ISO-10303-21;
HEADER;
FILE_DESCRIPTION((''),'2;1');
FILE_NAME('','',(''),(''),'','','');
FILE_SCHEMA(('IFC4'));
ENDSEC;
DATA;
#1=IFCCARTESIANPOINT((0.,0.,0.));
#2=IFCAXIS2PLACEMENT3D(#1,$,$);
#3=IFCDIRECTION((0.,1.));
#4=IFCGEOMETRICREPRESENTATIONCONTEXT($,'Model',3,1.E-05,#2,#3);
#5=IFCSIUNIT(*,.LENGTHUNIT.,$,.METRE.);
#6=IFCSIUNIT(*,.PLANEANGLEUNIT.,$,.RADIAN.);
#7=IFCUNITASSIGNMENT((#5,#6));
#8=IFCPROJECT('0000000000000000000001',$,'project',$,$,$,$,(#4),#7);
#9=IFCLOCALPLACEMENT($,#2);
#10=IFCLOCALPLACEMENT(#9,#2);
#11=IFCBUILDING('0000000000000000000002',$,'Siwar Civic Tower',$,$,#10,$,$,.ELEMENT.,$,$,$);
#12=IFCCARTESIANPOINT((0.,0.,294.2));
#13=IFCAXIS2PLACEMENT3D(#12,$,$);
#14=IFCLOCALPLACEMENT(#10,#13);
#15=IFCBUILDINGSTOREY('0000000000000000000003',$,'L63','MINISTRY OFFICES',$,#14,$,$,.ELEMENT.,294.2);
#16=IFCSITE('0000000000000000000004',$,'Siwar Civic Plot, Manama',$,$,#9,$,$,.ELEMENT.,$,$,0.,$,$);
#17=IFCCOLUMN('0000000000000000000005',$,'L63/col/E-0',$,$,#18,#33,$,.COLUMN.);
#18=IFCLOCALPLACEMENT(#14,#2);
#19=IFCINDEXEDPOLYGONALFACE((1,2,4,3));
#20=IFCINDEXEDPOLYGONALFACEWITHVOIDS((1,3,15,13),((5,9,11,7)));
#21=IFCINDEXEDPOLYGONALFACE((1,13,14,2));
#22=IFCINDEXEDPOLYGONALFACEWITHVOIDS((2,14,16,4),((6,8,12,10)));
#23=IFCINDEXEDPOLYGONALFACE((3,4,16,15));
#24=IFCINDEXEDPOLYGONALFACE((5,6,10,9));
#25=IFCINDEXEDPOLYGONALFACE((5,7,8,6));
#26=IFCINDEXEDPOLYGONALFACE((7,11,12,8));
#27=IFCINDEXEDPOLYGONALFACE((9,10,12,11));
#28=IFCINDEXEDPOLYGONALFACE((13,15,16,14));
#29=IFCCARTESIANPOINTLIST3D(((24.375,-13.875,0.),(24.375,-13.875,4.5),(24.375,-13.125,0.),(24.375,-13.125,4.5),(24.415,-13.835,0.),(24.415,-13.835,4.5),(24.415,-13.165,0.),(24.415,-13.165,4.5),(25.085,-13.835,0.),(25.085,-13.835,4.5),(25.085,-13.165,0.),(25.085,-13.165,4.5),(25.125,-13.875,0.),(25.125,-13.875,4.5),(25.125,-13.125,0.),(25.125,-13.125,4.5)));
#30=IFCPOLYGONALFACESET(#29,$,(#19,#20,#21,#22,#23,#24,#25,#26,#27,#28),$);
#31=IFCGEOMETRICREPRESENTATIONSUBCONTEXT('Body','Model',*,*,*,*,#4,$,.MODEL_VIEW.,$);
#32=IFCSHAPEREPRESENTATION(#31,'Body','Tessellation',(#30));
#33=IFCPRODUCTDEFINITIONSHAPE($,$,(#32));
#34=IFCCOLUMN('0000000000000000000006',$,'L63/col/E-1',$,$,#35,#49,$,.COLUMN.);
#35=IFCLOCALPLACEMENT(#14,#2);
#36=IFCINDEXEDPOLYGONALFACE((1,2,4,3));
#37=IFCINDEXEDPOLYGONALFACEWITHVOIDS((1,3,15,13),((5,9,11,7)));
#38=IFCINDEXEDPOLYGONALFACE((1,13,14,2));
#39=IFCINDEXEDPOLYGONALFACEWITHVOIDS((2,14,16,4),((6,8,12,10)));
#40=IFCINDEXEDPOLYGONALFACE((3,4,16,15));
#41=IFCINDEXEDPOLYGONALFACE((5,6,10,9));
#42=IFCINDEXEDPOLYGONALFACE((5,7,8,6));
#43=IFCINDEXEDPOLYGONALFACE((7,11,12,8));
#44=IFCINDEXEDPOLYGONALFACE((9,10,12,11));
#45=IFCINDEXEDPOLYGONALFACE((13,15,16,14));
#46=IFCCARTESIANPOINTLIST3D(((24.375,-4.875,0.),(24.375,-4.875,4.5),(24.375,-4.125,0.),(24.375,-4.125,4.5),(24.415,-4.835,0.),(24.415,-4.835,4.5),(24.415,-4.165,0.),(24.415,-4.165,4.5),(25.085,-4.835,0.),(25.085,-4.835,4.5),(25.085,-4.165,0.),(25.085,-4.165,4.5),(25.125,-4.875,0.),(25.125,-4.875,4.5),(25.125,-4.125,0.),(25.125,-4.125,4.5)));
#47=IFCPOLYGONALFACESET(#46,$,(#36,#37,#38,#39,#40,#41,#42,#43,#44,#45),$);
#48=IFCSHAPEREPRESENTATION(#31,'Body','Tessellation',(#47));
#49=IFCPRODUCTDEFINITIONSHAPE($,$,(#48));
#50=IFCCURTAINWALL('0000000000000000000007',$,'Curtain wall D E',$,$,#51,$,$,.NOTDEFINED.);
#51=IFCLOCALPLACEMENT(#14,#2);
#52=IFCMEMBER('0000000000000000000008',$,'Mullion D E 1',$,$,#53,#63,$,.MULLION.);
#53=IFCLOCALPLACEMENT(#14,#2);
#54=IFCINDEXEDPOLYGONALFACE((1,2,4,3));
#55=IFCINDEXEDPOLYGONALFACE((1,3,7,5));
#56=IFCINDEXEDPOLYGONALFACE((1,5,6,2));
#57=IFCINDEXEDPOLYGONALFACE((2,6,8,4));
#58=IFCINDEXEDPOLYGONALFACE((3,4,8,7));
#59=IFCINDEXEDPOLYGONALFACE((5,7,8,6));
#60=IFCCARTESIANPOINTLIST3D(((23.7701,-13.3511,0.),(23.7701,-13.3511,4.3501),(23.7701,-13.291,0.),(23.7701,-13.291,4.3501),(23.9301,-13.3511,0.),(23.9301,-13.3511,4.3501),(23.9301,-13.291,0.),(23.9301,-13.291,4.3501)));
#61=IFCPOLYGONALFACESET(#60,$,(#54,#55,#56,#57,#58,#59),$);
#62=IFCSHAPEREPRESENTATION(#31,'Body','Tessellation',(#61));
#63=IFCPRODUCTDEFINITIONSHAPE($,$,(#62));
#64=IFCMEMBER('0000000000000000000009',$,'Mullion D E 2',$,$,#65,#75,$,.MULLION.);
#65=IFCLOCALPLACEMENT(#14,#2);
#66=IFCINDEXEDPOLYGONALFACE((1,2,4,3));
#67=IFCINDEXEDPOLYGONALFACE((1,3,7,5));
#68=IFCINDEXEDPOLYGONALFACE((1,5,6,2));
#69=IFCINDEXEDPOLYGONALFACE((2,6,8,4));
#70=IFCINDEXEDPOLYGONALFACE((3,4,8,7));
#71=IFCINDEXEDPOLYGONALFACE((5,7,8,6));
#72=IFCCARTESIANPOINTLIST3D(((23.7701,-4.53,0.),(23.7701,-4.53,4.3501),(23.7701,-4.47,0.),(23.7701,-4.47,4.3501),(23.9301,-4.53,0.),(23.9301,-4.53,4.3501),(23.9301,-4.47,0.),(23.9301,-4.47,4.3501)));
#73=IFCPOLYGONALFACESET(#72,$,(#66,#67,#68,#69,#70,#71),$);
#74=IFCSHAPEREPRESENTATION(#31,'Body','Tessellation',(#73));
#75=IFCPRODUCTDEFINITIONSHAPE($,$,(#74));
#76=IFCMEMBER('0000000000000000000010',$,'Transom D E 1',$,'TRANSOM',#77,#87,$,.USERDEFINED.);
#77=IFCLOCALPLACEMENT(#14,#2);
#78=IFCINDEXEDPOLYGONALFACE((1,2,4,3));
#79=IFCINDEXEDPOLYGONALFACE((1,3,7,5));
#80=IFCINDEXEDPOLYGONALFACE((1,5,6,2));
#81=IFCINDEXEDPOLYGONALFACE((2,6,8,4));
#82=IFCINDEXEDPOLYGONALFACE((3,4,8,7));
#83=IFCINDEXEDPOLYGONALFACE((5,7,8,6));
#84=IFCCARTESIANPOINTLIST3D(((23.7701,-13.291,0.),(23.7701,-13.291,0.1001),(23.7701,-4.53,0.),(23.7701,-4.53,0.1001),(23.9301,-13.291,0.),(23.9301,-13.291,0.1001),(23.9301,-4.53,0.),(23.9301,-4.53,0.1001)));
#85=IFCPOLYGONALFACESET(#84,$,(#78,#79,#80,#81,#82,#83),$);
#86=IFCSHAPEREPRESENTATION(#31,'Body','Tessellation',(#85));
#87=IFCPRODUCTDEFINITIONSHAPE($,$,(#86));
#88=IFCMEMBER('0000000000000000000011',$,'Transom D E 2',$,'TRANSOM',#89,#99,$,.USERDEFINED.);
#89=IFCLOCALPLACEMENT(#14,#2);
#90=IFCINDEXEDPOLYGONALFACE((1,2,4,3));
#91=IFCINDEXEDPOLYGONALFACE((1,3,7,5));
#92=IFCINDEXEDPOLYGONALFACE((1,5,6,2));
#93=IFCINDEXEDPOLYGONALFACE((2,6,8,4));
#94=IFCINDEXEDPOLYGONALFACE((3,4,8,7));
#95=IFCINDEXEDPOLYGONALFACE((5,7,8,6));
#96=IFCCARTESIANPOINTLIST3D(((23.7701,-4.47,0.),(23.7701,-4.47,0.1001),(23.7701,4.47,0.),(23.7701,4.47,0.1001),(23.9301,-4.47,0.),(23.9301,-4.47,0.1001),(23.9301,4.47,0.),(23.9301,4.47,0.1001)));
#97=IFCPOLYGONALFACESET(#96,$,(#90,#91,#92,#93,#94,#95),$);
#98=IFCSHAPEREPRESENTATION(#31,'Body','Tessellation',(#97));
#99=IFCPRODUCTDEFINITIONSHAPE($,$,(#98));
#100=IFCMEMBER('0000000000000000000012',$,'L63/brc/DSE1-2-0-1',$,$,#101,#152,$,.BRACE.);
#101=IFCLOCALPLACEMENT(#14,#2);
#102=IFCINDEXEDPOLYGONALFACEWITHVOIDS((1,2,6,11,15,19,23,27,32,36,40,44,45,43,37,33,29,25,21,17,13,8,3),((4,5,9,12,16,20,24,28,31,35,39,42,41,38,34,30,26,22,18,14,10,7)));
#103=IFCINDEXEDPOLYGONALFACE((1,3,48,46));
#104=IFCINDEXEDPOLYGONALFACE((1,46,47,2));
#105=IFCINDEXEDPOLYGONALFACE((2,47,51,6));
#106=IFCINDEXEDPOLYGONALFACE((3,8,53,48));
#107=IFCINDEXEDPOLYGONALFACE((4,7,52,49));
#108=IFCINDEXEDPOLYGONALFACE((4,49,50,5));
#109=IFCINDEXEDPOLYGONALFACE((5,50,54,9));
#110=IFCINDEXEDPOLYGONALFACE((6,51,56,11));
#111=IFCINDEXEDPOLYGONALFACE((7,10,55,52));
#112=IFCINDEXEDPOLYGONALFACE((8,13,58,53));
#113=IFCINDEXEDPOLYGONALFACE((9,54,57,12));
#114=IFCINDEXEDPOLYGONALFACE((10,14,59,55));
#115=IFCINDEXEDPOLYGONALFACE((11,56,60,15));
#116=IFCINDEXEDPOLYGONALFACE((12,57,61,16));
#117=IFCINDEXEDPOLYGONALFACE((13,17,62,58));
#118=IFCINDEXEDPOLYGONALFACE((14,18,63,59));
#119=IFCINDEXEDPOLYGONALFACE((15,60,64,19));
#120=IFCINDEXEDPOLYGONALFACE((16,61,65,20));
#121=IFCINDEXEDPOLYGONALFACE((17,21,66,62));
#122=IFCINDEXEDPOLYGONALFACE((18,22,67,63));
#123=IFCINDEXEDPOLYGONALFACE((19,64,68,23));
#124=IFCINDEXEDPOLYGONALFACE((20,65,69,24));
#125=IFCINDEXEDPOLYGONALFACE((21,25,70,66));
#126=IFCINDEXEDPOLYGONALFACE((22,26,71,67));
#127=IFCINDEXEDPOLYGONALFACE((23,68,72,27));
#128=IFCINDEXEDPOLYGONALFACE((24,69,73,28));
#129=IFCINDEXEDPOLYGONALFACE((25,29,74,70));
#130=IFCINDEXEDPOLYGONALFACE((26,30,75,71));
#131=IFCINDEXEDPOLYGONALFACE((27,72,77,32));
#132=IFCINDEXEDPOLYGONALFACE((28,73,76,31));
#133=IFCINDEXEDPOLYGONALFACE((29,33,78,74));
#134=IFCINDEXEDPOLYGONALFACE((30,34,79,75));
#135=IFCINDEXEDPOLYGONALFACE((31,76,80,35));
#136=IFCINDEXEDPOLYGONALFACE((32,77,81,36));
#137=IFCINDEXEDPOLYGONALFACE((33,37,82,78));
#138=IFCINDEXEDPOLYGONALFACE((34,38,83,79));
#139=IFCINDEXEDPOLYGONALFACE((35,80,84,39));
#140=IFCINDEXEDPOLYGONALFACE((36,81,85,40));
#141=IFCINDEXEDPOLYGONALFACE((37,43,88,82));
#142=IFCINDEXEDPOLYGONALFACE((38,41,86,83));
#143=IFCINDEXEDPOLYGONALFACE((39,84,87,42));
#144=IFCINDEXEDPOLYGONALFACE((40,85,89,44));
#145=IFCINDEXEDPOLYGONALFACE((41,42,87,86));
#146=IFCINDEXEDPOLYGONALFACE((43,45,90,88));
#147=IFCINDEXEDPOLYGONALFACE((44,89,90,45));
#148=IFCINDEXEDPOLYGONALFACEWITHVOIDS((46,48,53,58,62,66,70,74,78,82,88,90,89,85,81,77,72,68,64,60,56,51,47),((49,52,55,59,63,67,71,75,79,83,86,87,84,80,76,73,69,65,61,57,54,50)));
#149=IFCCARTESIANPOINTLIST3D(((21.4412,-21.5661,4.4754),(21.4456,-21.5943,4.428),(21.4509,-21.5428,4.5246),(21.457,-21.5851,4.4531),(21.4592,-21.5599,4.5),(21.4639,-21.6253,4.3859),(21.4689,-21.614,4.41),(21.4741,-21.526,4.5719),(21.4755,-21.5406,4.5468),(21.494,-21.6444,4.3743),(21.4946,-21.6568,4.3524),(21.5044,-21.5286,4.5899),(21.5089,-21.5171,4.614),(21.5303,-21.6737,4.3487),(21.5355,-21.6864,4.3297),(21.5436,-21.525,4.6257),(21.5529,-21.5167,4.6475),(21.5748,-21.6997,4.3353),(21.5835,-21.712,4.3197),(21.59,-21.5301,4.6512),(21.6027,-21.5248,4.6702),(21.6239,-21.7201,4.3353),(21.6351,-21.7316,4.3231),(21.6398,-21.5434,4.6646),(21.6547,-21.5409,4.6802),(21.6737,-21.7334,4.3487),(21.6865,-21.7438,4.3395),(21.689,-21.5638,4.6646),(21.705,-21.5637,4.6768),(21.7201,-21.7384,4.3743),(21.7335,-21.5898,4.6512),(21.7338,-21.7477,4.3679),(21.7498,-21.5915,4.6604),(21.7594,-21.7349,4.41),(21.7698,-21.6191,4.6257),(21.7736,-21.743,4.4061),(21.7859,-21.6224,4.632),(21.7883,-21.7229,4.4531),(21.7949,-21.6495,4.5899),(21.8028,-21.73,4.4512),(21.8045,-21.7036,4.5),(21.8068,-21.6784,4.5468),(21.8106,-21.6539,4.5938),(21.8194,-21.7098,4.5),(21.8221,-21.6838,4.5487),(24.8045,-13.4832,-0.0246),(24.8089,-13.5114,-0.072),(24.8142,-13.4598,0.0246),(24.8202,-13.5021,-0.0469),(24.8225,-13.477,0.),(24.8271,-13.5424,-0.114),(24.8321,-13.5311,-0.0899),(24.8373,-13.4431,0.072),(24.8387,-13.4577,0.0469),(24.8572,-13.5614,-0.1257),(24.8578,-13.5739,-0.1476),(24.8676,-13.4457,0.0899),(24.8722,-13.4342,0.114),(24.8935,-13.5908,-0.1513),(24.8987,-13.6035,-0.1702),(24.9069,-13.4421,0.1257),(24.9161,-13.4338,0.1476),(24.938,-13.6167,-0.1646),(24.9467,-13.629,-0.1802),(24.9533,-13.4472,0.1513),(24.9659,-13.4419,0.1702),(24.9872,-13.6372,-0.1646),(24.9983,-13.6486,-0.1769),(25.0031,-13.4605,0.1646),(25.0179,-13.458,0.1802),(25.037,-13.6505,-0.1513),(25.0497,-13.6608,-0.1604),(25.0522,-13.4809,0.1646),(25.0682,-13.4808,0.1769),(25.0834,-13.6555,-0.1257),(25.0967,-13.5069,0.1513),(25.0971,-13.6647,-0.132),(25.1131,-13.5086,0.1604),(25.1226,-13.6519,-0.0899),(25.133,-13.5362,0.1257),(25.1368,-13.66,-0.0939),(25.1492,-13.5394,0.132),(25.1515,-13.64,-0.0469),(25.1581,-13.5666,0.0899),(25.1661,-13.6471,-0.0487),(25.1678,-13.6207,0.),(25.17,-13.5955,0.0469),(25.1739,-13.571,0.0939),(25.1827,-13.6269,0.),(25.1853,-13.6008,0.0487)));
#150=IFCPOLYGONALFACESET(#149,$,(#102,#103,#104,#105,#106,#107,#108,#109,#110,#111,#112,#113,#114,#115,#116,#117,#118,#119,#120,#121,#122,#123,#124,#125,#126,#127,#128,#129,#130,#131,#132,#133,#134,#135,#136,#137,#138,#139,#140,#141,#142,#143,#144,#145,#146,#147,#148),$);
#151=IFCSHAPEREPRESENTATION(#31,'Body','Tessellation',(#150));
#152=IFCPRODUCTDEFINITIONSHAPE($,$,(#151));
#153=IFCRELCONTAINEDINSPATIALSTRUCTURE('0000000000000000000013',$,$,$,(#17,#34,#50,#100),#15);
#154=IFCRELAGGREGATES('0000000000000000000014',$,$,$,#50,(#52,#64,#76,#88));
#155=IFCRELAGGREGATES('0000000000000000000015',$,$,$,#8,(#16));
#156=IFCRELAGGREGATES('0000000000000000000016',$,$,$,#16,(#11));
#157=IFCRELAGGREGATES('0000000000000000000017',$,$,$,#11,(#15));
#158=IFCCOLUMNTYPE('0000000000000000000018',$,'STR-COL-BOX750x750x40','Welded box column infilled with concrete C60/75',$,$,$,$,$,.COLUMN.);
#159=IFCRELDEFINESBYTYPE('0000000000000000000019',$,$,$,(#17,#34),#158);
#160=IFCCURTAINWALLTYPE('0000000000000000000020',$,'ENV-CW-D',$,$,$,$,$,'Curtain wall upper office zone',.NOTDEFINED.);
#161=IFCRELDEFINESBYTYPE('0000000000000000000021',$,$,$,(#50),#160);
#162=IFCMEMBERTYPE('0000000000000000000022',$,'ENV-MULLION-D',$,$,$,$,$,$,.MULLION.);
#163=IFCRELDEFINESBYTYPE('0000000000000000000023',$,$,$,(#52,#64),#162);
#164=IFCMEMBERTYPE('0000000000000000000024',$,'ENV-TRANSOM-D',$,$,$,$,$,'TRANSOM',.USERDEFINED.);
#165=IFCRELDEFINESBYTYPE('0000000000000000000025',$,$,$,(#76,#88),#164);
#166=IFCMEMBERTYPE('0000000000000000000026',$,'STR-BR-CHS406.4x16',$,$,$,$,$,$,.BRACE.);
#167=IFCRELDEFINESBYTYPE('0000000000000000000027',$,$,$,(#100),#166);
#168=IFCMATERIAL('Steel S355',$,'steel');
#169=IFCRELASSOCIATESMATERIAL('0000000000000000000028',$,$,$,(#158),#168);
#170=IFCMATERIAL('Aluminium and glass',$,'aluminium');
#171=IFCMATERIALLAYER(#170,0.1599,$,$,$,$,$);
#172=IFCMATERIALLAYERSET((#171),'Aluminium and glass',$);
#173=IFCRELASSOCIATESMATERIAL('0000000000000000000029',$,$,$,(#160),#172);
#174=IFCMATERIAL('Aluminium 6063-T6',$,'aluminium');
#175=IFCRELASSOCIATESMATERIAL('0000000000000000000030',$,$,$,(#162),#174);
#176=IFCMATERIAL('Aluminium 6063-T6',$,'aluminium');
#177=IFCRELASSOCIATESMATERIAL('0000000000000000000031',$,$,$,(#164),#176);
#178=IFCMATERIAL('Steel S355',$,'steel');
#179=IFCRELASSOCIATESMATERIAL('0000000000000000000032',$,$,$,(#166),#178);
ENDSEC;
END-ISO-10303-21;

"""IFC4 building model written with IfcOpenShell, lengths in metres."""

from ifc_helpers import new_model, si_unit, direction, frame, origin, origin_2d, place, context, subcontext, project, spatial, rectangle, hollow_rectangle, hollow_circle, extrude, material, layer, layer_set, material_profile, profile_set, type_object, element, aggregate, save


model = new_model("IFC4")

# Units and contexts
model_context = context("Model", 3, precision=1e-05, world=origin(), true_north=direction((0.0, 1.0)))
body_context = subcontext(model_context, "Body", "Model", "MODEL_VIEW")
ifc_project = project(units=[si_unit("LENGTHUNIT", "METRE"), si_unit("PLANEANGLEUNIT", "RADIAN")], contexts=[model_context])

# Site, building, storey
site_placement = place(None, origin())
site = spatial("IfcSite", under=ifc_project, at=site_placement, Name="Siwar Civic Plot, Manama", CompositionType="ELEMENT", RefElevation=0.0)
building_placement = place(site_placement, origin())
building = spatial("IfcBuilding", under=site, at=building_placement, Name="Siwar Civic Tower", CompositionType="ELEMENT")
storey_placement = place(building_placement, frame((0.0, 0.0, 294.2)))
storey = spatial("IfcBuildingStorey", under=building, at=storey_placement, Name="L63", Description="MINISTRY OFFICES", CompositionType="ELEMENT", Elevation=294.2)

# Columns
ifc_material_1 = material(Name="Steel S355", Category="steel")
ifc_material_profile_1 = material_profile(ifc_material_1, hollow_rectangle(XDim=0.75, YDim=0.75, WallThickness=0.04, at=origin_2d()), Name="BOX750x750x40")
ifc_profile_set_1 = profile_set([ifc_material_profile_1], Name="Steel S355")
column_type = type_object("IfcColumnType", Name="STR-COL-BOX750x750x40", Description="Welded box column infilled with concrete C60/75", PredefinedType="COLUMN", material=ifc_profile_set_1)
for number, where, z_axis, x_axis, name in (
    (1, (24.75, -13.5, 0.0), (0.0, 0.0, 1.0), (1.0, 0.0, 0.0), "L63/col/E-0"),
    (2, (24.75, -4.5, 0.0), (0.0, 0.0, 1.0), (1.0, 0.0, 0.0), "L63/col/E-1"),
):
    element("IfcColumn", number, at=place(storey_placement, frame(where, z_axis=z_axis, x_axis=x_axis)), inside=storey, type_object=column_type, Name=name, PredefinedType="COLUMN", context=body_context, shape_type="SweptSolid", body=[
        extrude(hollow_rectangle(XDim=0.75, YDim=0.75, WallThickness=0.04, at=origin_2d()), origin(), (0.0, 0.0, 1.0), 4.5),
    ])

# Curtain wall, members
ifc_material_2 = material(Name="Aluminium and glass", Category="aluminium")
ifc_layer_1 = layer(ifc_material_2, 0.1599)
ifc_layer_set_1 = layer_set([ifc_layer_1], Name="Aluminium and glass")
curtain_wall_type = type_object("IfcCurtainWallType", Name="ENV-CW-D", ElementType="Curtain wall upper office zone", PredefinedType="NOTDEFINED", material=ifc_layer_set_1)
curtain_wall_placement = place(storey_placement, origin())
curtain_wall = element("IfcCurtainWall", 3, at=curtain_wall_placement, inside=storey, type_object=curtain_wall_type, Name="Curtain wall D E", PredefinedType="NOTDEFINED")
ifc_material_3 = material(Name="Aluminium 6063-T6", Category="aluminium")
ifc_material_profile_2 = material_profile(ifc_material_3, rectangle(XDim=0.1599, YDim=0.0601, at=origin_2d()), Name="AL 160x60")
ifc_profile_set_2 = profile_set([ifc_material_profile_2], Name="Aluminium 6063-T6")
member_type_1 = type_object("IfcMemberType", Name="ENV-MULLION-D", PredefinedType="MULLION", material=ifc_profile_set_2)
member_1_placement = place(storey_placement, frame((23.8501, -13.321, 0.0), z_axis=(0.0, 0.0, 1.0), x_axis=(-1.0, 0.0, 0.0)))
member_1 = element("IfcMember", 4, at=member_1_placement, type_object=member_type_1, Name="Mullion D E 1", PredefinedType="MULLION", context=body_context, shape_type="SweptSolid", body=[
    extrude(rectangle(XDim=0.1599, YDim=0.0601, at=origin_2d()), origin(), (0.0, 0.0, 1.0), 4.3501),
])
member_2_placement = place(storey_placement, frame((23.8501, -4.5, 0.0), z_axis=(0.0, 0.0, 1.0), x_axis=(-1.0, 0.0, 0.0)))
member_2 = element("IfcMember", 5, at=member_2_placement, type_object=member_type_1, Name="Mullion D E 2", PredefinedType="MULLION", context=body_context, shape_type="SweptSolid", body=[
    extrude(rectangle(XDim=0.1599, YDim=0.0601, at=origin_2d()), origin(), (0.0, 0.0, 1.0), 4.3501),
])
ifc_material_4 = material(Name="Aluminium 6063-T6", Category="aluminium")
ifc_material_profile_3 = material_profile(ifc_material_4, rectangle(XDim=0.1599, YDim=0.1001, at=origin_2d()), Name="AL 160x100")
ifc_profile_set_3 = profile_set([ifc_material_profile_3], Name="Aluminium 6063-T6")
member_type_2 = type_object("IfcMemberType", Name="ENV-TRANSOM-D", ElementType="TRANSOM", PredefinedType="USERDEFINED", material=ifc_profile_set_3)
member_3_placement = place(storey_placement, frame((23.8501, -13.291, 0.05), z_axis=(0.0, 1.0, 0.0), x_axis=(-1.0, 0.0, 0.0)))
member_3 = element("IfcMember", 6, at=member_3_placement, type_object=member_type_2, Name="Transom D E 1", ObjectType="TRANSOM", PredefinedType="USERDEFINED", context=body_context, shape_type="SweptSolid", body=[
    extrude(rectangle(XDim=0.1599, YDim=0.1001, at=origin_2d()), origin(), (0.0, 0.0, 1.0), 8.761),
])
member_4_placement = place(storey_placement, frame((23.8501, -4.47, 0.05), z_axis=(0.0, 1.0, 0.0), x_axis=(-1.0, 0.0, 0.0)))
member_4 = element("IfcMember", 7, at=member_4_placement, type_object=member_type_2, Name="Transom D E 2", ObjectType="TRANSOM", PredefinedType="USERDEFINED", context=body_context, shape_type="SweptSolid", body=[
    extrude(rectangle(XDim=0.1599, YDim=0.1001, at=origin_2d()), origin(), (0.0, 0.0, 1.0), 8.9399),
])

# Member
ifc_material_5 = material(Name="Steel S355", Category="steel")
ifc_material_profile_4 = material_profile(ifc_material_5, hollow_circle(Radius=0.2031, WallThickness=0.0161, at=origin_2d()), Name="CHS406.4x16")
ifc_profile_set_4 = profile_set([ifc_material_profile_4], Name="Steel S355")
member_type_3 = type_object("IfcMemberType", Name="STR-BR-CHS406.4x16", PredefinedType="BRACE", material=ifc_profile_set_4)
member_5_placement = place(storey_placement, frame((24.9951, -13.5488, 0.0), z_axis=(-0.341671, -0.821143, 0.457149), x_axis=(0.923265, -0.384164, 0.0)))
element("IfcMember", 8, at=member_5_placement, inside=storey, type_object=member_type_3, Name="L63/brc/DSE1-2-0-1", PredefinedType="BRACE", context=body_context, shape_type="SweptSolid", body=[
    extrude(hollow_circle(Radius=0.2031, WallThickness=0.0161, at=origin_2d()), origin(), (0.0, 0.0, 1.0), 9.8435),
])

aggregate(curtain_wall, [member_1, member_2, member_3, member_4])

save(model, "model.ifc")
